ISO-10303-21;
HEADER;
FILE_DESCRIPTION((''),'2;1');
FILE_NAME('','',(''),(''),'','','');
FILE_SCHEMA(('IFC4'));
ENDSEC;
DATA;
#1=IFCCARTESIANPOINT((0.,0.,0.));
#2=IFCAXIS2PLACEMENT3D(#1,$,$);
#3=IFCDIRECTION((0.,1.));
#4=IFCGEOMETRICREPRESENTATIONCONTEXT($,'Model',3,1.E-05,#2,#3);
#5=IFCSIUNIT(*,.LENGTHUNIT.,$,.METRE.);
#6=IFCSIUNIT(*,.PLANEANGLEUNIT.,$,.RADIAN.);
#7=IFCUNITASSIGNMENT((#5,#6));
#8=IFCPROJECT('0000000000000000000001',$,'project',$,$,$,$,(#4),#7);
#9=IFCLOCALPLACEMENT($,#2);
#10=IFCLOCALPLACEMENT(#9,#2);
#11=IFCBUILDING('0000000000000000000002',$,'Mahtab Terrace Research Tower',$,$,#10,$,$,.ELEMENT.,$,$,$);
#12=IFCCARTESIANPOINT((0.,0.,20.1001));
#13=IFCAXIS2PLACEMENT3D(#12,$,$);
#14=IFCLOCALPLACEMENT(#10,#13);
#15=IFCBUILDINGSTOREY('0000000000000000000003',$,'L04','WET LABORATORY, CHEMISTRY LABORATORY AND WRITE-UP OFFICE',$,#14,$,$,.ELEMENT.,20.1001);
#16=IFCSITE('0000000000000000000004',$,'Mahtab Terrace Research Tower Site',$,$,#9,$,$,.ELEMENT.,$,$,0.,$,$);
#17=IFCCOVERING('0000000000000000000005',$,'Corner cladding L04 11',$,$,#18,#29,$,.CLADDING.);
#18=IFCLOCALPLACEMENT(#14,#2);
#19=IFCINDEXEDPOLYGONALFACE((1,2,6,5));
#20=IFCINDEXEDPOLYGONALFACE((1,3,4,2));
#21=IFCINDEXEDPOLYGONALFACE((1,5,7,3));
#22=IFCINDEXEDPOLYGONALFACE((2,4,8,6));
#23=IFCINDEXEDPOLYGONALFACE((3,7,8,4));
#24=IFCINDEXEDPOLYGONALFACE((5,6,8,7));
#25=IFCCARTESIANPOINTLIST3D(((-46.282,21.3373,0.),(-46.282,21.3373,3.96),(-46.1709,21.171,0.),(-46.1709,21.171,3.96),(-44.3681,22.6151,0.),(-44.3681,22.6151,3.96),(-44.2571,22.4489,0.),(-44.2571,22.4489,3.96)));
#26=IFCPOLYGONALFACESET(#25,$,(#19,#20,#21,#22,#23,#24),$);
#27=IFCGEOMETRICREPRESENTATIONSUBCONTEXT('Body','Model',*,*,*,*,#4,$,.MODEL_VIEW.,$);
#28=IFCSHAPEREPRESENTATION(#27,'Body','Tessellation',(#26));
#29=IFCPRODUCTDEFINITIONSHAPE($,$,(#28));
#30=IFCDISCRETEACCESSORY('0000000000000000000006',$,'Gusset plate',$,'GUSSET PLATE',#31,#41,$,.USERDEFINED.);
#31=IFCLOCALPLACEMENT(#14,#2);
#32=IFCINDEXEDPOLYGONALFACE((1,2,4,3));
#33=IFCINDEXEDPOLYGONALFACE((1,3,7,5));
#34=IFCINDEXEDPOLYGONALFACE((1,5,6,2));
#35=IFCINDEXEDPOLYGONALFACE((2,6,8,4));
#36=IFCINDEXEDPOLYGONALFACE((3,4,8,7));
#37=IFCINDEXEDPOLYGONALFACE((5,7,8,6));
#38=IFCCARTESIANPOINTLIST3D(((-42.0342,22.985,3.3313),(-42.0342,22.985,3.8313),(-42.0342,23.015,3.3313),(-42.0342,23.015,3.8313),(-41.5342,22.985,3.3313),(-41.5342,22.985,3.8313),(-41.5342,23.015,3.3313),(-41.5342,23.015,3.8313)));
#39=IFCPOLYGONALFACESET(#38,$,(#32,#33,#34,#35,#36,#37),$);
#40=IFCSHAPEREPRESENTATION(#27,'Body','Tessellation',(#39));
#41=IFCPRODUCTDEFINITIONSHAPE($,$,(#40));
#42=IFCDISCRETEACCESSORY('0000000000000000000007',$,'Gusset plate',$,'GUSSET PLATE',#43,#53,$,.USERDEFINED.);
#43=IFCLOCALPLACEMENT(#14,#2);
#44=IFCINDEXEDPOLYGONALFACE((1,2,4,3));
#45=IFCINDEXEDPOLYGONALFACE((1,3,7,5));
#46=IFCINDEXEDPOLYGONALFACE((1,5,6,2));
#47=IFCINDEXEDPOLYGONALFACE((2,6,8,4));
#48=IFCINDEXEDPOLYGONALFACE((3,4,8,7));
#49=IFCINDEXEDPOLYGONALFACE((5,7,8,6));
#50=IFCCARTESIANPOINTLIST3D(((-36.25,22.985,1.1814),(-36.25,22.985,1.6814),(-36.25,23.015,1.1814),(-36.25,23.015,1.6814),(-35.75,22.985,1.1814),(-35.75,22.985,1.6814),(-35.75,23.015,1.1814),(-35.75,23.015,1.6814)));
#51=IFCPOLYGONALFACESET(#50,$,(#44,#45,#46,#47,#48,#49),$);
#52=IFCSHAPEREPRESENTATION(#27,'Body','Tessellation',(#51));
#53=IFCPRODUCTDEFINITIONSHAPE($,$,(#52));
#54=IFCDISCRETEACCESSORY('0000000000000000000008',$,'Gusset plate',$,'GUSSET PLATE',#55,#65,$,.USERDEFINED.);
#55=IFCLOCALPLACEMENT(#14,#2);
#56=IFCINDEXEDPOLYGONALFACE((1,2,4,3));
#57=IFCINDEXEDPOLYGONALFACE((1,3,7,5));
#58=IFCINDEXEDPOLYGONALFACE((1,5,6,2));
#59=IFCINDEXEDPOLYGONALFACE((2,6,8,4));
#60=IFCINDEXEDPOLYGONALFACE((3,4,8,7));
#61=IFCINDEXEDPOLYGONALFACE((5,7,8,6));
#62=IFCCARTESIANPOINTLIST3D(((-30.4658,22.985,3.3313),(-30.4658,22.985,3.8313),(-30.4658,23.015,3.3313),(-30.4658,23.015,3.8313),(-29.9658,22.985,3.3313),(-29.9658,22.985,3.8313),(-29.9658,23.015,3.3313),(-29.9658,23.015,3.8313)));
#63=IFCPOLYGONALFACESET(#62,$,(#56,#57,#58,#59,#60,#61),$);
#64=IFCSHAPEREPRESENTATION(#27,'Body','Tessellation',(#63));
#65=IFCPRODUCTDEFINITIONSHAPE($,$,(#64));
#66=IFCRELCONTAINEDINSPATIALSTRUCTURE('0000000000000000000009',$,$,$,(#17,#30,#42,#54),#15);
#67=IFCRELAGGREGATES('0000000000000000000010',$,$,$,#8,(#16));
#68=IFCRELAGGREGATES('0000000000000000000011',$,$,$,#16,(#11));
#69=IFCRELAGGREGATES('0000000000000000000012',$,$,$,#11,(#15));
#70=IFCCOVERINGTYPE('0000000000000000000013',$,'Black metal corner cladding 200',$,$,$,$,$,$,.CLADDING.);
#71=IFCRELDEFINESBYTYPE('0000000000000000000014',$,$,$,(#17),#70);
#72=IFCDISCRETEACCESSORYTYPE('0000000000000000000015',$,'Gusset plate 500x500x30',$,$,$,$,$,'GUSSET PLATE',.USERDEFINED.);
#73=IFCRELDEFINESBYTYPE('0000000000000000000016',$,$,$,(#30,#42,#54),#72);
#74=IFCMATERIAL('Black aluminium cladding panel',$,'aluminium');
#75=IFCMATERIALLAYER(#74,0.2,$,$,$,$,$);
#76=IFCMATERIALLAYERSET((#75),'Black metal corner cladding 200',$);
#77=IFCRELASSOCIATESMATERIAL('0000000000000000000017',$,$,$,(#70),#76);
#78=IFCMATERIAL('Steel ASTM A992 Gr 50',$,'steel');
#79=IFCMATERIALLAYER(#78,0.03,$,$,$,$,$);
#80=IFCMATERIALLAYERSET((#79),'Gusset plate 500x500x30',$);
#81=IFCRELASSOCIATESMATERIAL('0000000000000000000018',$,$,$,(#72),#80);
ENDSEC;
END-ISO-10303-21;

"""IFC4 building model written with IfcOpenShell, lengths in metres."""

from ifc_helpers import new_model, si_unit, direction, frame, origin, origin_2d, place, context, subcontext, project, spatial, rectangle, extrude, material, layer, layer_set, type_object, element, save


model = new_model("IFC4")

# Units and contexts
model_context = context("Model", 3, precision=1e-05, world=origin(), true_north=direction((0.0, 1.0)))
body_context = subcontext(model_context, "Body", "Model", "MODEL_VIEW")
ifc_project = project(units=[si_unit("LENGTHUNIT", "METRE"), si_unit("PLANEANGLEUNIT", "RADIAN")], contexts=[model_context])

# Site, building, storey
site_placement = place(None, origin())
site = spatial("IfcSite", under=ifc_project, at=site_placement, Name="Mahtab Terrace Research Tower Site", CompositionType="ELEMENT", RefElevation=0.0)
building_placement = place(site_placement, origin())
building = spatial("IfcBuilding", under=site, at=building_placement, Name="Mahtab Terrace Research Tower", CompositionType="ELEMENT")
storey_placement = place(building_placement, frame((0.0, 0.0, 20.1001)))
storey = spatial("IfcBuildingStorey", under=building, at=storey_placement, Name="L04", Description="WET LABORATORY, CHEMISTRY LABORATORY AND WRITE-UP OFFICE", CompositionType="ELEMENT", Elevation=20.1001)

# Shared definitions
ifc_material_1 = material(Name="Steel ASTM A992 Gr 50", Category="steel")

# Shared definitions
ifc_material_2 = material(Name="Black aluminium cladding panel", Category="aluminium")

# Covering
ifc_layer_1 = layer(ifc_material_2, 0.2)
ifc_layer_set_1 = layer_set([ifc_layer_1], Name="Black metal corner cladding 200")
covering_type = type_object("IfcCoveringType", Name="Black metal corner cladding 200", PredefinedType="CLADDING", material=ifc_layer_set_1)
covering_1_placement = place(storey_placement, frame((-45.2695, 21.8931, 0.0), z_axis=(0.0, 0.0, 1.0), x_axis=(-0.831656, -0.555291, 0.0)))
element("IfcCovering", 1, at=covering_1_placement, inside=storey, type_object=covering_type, Name="Corner cladding L04 11", PredefinedType="CLADDING", context=body_context, shape_type="SweptSolid", body=[
    extrude(rectangle(XDim=2.3013, YDim=0.2, at=origin_2d()), origin(), (0.0, 0.0, 1.0), 3.96),
])

# Discrete accessories
ifc_layer_2 = layer(ifc_material_1, 0.03)
ifc_layer_set_2 = layer_set([ifc_layer_2], Name="Gusset plate 500x500x30")
discrete_accessory_type = type_object("IfcDiscreteAccessoryType", Name="Gusset plate 500x500x30", ElementType="GUSSET PLATE", PredefinedType="USERDEFINED", material=ifc_layer_set_2)
for number, where, z_axis, x_axis, name in (
    (2, (-41.7842, 23.0, 3.3313), (0.0, 0.0, 1.0), (1.0, 0.0, 0.0), "Gusset plate"),
    (3, (-36.0, 23.0, 1.1814), (0.0, 0.0, 1.0), (1.0, 0.0, 0.0), "Gusset plate"),
    (4, (-30.2158, 23.0, 3.3313), (0.0, 0.0, 1.0), (1.0, 0.0, 0.0), "Gusset plate"),
):
    element("IfcDiscreteAccessory", number, at=place(storey_placement, frame(where, z_axis=z_axis, x_axis=x_axis)), inside=storey, type_object=discrete_accessory_type, Name=name, ObjectType="GUSSET PLATE", PredefinedType="USERDEFINED", context=body_context, shape_type="SweptSolid", body=[
        extrude(rectangle(XDim=0.5, YDim=0.03, at=origin_2d()), origin(), (0.0, 0.0, 1.0), 0.5),
    ])

save(model, "model.ifc")
